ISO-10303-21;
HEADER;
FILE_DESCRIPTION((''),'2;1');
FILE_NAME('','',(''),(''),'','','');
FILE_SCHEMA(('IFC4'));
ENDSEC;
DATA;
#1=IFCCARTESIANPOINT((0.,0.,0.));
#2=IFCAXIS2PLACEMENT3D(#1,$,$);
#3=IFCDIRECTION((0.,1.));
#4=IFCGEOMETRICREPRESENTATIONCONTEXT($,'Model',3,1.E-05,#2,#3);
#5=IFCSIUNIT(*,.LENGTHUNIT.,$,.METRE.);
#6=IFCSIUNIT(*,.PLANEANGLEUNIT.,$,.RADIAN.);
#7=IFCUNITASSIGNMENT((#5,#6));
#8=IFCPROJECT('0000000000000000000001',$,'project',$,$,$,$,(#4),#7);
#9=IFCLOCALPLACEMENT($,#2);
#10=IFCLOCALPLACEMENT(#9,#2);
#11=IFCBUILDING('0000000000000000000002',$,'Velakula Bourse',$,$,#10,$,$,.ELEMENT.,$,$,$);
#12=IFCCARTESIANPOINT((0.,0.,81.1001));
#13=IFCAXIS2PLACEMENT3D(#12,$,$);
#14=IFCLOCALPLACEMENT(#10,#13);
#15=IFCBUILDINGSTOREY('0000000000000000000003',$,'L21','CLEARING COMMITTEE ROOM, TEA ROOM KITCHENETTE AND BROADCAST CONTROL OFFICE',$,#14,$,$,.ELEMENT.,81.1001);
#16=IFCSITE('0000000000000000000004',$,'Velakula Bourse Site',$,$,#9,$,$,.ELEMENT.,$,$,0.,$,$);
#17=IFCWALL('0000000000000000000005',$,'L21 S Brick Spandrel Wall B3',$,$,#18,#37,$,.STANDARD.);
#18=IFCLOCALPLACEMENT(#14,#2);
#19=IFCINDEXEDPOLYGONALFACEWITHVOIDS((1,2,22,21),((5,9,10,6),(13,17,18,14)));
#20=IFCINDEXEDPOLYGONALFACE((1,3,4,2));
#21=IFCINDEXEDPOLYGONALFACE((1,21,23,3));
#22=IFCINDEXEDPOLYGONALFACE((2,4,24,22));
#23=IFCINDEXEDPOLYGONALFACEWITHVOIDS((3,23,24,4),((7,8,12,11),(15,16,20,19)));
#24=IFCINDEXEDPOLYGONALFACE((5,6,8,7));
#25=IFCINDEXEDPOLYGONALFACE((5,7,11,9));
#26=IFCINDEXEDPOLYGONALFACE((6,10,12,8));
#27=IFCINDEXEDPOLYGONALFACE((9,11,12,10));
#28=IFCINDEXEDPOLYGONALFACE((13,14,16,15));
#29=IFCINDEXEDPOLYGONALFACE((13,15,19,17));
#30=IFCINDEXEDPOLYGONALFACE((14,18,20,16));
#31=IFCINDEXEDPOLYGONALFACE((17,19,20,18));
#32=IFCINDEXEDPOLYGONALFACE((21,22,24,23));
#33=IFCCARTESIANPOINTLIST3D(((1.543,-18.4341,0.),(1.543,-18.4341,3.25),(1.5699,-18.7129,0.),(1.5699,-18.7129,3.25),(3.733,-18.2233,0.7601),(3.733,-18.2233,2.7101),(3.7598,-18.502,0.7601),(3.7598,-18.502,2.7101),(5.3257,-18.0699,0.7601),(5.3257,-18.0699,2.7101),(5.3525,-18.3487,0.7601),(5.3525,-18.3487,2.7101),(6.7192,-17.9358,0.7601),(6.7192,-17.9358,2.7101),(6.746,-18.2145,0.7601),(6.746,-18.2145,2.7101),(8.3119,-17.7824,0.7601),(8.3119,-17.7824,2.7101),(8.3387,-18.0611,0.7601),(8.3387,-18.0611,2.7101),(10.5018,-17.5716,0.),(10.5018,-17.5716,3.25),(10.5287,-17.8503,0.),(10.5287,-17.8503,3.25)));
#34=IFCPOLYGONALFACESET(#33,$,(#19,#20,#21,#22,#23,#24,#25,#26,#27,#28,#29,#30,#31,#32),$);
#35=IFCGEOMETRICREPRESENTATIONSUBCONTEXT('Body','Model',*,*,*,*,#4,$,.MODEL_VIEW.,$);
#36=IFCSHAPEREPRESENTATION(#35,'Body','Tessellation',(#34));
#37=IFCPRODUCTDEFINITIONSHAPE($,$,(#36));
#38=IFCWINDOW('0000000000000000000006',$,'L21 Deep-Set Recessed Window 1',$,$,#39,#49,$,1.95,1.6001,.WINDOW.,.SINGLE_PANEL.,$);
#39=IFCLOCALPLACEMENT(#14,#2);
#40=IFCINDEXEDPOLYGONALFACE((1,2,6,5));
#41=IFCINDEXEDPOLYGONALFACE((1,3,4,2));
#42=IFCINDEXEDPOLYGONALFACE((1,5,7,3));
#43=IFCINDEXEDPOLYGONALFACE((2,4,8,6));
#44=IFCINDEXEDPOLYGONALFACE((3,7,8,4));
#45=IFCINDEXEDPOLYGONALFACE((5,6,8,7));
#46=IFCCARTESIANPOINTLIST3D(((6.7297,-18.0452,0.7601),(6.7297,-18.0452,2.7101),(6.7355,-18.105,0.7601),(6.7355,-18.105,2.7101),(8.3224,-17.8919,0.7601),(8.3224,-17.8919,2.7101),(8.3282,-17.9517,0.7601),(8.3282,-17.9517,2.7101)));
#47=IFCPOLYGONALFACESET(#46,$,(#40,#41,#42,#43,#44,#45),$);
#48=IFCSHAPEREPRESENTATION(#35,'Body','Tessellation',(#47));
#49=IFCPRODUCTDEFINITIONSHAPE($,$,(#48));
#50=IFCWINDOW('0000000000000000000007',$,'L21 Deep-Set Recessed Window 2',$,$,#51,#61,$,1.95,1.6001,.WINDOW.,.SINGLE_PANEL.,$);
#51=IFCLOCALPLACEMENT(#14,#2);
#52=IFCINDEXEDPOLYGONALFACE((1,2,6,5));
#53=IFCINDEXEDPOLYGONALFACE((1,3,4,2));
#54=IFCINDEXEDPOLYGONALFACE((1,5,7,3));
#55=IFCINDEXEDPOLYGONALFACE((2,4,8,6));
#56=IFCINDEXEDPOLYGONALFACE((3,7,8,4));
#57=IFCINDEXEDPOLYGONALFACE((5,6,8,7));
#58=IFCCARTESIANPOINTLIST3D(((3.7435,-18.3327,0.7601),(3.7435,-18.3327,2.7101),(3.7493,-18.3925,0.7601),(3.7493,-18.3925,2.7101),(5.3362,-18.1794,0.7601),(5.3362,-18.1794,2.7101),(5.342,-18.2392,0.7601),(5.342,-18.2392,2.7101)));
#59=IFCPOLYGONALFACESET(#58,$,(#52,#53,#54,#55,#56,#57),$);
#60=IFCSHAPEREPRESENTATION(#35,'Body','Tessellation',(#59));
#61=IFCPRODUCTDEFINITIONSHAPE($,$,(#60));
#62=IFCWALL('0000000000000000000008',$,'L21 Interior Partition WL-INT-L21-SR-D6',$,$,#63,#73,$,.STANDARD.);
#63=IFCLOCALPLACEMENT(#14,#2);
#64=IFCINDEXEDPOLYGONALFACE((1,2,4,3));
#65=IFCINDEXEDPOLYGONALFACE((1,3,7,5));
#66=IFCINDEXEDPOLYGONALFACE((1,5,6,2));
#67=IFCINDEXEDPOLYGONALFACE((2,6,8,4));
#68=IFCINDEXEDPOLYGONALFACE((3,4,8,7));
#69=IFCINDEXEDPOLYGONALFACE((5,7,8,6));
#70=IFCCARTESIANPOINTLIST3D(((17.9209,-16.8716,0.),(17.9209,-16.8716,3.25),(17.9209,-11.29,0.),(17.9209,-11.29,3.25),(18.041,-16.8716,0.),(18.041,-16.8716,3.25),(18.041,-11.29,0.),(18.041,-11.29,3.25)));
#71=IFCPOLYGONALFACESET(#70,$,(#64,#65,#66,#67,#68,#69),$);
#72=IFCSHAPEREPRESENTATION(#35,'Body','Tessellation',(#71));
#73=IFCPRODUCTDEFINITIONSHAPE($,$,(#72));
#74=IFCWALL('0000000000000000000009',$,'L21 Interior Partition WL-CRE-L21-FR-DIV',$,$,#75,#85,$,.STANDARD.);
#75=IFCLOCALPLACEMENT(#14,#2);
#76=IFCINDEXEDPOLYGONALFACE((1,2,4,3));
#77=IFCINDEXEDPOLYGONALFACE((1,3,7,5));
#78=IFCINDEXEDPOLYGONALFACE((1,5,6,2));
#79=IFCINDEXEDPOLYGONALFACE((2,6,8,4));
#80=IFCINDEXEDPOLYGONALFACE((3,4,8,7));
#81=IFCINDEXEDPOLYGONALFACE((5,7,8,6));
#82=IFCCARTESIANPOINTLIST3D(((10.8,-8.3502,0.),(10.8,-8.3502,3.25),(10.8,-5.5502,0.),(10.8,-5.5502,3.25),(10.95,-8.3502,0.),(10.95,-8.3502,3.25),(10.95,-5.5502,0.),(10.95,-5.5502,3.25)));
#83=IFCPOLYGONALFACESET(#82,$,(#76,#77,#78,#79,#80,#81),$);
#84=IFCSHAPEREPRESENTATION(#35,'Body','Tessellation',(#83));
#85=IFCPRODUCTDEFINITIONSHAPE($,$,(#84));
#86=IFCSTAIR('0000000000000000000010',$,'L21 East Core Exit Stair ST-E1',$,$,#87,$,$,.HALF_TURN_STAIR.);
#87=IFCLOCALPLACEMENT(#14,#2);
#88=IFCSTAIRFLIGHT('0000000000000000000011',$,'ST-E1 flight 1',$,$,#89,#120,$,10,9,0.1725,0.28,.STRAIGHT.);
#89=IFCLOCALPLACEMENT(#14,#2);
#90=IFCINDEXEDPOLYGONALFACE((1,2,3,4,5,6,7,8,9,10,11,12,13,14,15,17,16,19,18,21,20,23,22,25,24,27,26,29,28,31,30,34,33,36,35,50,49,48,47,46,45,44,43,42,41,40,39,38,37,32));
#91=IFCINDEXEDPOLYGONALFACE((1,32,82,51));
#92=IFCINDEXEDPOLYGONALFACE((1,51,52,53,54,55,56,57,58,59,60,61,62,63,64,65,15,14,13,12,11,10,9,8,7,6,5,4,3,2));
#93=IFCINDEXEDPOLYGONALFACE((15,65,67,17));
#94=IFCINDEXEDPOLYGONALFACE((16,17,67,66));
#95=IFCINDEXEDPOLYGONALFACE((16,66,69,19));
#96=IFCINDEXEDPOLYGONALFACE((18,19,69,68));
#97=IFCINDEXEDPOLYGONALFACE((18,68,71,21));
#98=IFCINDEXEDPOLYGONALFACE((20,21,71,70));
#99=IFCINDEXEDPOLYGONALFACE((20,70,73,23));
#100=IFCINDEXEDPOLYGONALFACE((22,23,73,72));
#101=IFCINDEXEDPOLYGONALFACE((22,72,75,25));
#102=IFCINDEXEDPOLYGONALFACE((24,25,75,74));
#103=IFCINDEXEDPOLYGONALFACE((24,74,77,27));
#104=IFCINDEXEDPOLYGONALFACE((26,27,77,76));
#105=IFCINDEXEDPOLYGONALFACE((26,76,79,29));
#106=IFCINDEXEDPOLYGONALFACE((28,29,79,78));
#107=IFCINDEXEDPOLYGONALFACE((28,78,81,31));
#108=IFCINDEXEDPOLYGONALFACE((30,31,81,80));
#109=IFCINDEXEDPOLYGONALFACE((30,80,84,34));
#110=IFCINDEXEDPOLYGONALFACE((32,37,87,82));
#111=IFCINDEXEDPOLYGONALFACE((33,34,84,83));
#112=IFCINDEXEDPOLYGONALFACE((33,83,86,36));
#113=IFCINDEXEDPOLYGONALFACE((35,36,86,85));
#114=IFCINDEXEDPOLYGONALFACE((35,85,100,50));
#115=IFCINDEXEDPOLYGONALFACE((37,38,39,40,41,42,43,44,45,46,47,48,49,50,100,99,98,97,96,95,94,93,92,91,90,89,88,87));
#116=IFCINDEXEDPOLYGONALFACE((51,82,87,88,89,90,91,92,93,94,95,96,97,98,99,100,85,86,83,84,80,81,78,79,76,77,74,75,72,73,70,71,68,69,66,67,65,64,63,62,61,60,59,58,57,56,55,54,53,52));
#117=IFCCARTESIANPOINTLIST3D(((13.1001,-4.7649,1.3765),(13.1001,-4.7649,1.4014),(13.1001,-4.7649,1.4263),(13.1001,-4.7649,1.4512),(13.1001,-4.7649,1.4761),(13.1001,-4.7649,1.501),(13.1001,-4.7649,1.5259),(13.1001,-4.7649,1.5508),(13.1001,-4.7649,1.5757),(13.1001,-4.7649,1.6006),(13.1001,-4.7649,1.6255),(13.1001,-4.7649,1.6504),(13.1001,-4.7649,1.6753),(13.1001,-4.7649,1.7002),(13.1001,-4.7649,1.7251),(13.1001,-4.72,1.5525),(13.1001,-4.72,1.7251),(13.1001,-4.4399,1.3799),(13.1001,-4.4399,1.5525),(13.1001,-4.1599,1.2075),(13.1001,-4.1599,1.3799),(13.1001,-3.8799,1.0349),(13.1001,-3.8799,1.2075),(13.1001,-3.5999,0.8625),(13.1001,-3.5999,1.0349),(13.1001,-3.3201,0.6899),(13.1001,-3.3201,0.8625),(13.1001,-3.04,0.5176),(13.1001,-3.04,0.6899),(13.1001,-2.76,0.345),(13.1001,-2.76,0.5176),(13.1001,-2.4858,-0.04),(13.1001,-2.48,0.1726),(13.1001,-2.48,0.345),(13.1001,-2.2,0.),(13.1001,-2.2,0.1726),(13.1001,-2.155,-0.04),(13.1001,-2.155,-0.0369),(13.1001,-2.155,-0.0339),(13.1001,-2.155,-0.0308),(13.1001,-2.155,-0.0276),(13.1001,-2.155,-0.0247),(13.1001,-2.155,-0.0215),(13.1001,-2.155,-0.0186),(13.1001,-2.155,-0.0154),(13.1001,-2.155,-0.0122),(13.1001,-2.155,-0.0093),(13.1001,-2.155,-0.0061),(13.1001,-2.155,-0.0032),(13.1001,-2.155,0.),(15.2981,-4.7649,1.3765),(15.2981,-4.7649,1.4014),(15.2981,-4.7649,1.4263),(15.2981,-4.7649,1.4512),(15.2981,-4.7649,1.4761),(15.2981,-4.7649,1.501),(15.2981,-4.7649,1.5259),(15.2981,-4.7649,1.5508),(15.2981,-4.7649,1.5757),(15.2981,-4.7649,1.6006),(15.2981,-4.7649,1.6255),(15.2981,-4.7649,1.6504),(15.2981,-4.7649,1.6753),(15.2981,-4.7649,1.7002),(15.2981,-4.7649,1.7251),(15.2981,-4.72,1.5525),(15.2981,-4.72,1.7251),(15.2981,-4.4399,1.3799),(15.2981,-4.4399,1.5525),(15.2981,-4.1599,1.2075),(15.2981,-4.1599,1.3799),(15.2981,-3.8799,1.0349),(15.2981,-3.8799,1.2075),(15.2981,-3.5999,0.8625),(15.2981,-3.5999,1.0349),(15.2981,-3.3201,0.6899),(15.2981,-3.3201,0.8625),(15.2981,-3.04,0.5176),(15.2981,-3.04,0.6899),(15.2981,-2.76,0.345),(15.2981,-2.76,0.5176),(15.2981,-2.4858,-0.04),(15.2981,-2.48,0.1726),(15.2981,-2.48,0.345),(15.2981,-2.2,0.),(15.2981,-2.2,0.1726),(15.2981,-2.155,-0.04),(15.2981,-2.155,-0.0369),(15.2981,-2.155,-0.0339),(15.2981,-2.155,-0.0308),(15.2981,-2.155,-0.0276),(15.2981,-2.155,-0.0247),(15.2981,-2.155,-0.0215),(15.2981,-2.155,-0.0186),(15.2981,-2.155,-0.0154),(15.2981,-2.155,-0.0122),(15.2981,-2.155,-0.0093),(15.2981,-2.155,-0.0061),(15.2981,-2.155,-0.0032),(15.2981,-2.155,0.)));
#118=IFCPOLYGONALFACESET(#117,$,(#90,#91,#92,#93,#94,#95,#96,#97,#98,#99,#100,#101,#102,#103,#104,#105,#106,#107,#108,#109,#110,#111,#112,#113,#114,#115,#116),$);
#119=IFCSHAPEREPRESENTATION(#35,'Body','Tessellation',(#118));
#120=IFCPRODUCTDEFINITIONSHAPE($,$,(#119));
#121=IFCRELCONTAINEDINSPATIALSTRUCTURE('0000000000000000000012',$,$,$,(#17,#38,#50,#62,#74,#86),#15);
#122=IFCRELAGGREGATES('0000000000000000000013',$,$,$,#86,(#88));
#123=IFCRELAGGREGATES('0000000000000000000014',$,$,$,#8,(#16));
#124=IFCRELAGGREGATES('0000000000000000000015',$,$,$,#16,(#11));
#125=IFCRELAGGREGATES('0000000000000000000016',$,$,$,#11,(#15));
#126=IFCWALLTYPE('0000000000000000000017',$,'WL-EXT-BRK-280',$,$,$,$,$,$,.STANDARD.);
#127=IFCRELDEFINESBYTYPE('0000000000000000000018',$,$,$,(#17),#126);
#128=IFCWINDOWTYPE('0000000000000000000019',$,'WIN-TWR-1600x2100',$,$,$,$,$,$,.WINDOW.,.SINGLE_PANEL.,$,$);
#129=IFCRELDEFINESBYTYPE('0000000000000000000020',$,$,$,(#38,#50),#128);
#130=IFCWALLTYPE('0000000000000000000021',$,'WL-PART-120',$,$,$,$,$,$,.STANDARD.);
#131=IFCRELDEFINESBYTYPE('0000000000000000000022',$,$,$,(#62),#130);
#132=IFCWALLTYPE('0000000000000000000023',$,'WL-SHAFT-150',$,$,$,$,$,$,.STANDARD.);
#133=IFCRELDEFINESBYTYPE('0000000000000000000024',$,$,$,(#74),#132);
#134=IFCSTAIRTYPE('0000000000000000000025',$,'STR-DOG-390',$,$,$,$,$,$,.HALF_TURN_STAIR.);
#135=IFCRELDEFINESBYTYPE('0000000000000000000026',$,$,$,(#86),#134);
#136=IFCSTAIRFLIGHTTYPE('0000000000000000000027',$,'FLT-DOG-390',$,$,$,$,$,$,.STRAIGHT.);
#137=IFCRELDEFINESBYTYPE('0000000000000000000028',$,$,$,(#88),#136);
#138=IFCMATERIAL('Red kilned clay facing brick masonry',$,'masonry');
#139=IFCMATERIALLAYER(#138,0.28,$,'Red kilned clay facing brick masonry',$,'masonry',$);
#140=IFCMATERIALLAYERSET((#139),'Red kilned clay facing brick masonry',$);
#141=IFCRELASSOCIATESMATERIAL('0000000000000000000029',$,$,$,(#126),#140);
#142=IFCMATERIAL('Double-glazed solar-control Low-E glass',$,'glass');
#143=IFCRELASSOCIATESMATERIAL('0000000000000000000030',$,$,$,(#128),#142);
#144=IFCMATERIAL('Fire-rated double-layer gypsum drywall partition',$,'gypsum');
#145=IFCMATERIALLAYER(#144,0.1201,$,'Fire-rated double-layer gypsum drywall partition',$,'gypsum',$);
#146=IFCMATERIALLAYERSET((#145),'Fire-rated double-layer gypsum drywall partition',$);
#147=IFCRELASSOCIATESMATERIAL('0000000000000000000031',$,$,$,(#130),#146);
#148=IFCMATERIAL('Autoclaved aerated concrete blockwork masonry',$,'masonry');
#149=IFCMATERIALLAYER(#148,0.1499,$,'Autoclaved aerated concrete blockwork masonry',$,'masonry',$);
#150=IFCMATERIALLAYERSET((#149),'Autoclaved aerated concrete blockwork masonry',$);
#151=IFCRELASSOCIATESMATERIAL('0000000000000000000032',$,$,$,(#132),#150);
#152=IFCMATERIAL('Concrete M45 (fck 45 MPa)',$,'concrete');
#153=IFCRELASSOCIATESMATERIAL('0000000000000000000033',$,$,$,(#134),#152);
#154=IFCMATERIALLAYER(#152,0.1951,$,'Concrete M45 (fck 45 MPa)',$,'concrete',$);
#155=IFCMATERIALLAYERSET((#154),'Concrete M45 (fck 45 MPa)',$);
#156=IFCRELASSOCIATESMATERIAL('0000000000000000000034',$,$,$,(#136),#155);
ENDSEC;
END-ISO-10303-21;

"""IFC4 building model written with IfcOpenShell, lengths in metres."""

from ifc_helpers import new_model, si_unit, direction, frame, frame_2d, origin, place, context, subcontext, project, spatial, polyline, rectangle, outline, extrude, material, layer, layer_set, type_object, element, fill, aggregate, save


model = new_model("IFC4")

# Units and contexts
model_context = context("Model", 3, precision=1e-05, world=origin(), true_north=direction((0.0, 1.0)))
body_context = subcontext(model_context, "Body", "Model", "MODEL_VIEW")
ifc_project = project(units=[si_unit("LENGTHUNIT", "METRE"), si_unit("PLANEANGLEUNIT", "RADIAN")], contexts=[model_context])

# Site, building, storey
site_placement = place(None, origin())
site = spatial("IfcSite", under=ifc_project, at=site_placement, Name="Velakula Bourse Site", CompositionType="ELEMENT", RefElevation=0.0)
building_placement = place(site_placement, origin())
building = spatial("IfcBuilding", under=site, at=building_placement, Name="Velakula Bourse", CompositionType="ELEMENT")
storey_placement = place(building_placement, frame((0.0, 0.0, 81.1001)))
storey = spatial("IfcBuildingStorey", under=building, at=storey_placement, Name="L21", Description="CLEARING COMMITTEE ROOM, TEA ROOM KITCHENETTE AND BROADCAST CONTROL OFFICE", CompositionType="ELEMENT", Elevation=81.1001)

# Wall, openings, windows
ifc_material_1 = material(Name="Red kilned clay facing brick masonry", Category="masonry")
ifc_layer_1 = layer(ifc_material_1, 0.28, Name="Red kilned clay facing brick masonry", Category="masonry")
ifc_layer_set_1 = layer_set([ifc_layer_1], Name="Red kilned clay facing brick masonry")
wall_type_1 = type_object("IfcWallType", Name="WL-EXT-BRK-280", PredefinedType="STANDARD", material=ifc_layer_set_1)
wall_1_placement = place(storey_placement, frame((10.5151, -17.7109, 0.0), z_axis=(0.0, 0.0, 1.0), x_axis=(-0.995397, -0.095837, 0.0)))
wall_1 = element("IfcWall", 1, at=wall_1_placement, inside=storey, type_object=wall_type_1, Name="L21 S Brick Spandrel Wall B3", PredefinedType="STANDARD", context=body_context, shape_type="SweptSolid", body=[
    extrude(rectangle(XDim=9.0002, YDim=0.28, at=frame_2d((4.5, 0.0))), origin(), (0.0, 0.0, 1.0), 3.25),
])
opening_1_placement = place(wall_1_placement, frame((2.2, 0.0, 0.76)))
opening_1 = element("IfcOpeningElement", 2, at=opening_1_placement, cuts=wall_1, PredefinedType="OPENING", context=body_context, shape_type="SweptSolid", body=[
    extrude(rectangle(XDim=1.6001, YDim=1.95, at=frame_2d((0.8, 0.9751))), frame((0.0, 0.1499, 0.0), z_axis=(0.0, -1.0, 0.0), x_axis=(1.0, 0.0, 0.0)), (0.0, 0.0, 1.0), 0.3),
])
opening_2_placement = place(wall_1_placement, frame((5.2, 0.0, 0.76)))
opening_2 = element("IfcOpeningElement", 3, at=opening_2_placement, cuts=wall_1, PredefinedType="OPENING", context=body_context, shape_type="SweptSolid", body=[
    extrude(rectangle(XDim=1.6001, YDim=1.95, at=frame_2d((0.8, 0.9751))), frame((0.0, 0.1499, 0.0), z_axis=(0.0, -1.0, 0.0), x_axis=(1.0, 0.0, 0.0)), (0.0, 0.0, 1.0), 0.3),
])
ifc_material_2 = material(Name="Double-glazed solar-control Low-E glass", Category="glass")
window_type = type_object("IfcWindowType", Name="WIN-TWR-1600x2100", PartitioningType="SINGLE_PANEL", PredefinedType="WINDOW", material=ifc_material_2)
window_1_placement = place(opening_1_placement, origin())
window_1 = element("IfcWindow", 4, at=window_1_placement, inside=storey, type_object=window_type, Name="L21 Deep-Set Recessed Window 1", OverallHeight=1.95, OverallWidth=1.6001, PartitioningType="SINGLE_PANEL", PredefinedType="WINDOW", context=body_context, shape_type="SweptSolid", body=[
    extrude(rectangle(XDim=1.6001, YDim=1.95, at=frame_2d((0.8, 0.9751))), frame((0.0, 0.03, 0.0), z_axis=(0.0, -1.0, 0.0), x_axis=(1.0, 0.0, 0.0)), (0.0, 0.0, 1.0), 0.0601),
])
fill(opening_1, window_1)
window_2_placement = place(opening_2_placement, origin())
window_2 = element("IfcWindow", 5, at=window_2_placement, inside=storey, type_object=window_type, Name="L21 Deep-Set Recessed Window 2", OverallHeight=1.95, OverallWidth=1.6001, PartitioningType="SINGLE_PANEL", PredefinedType="WINDOW", context=body_context, shape_type="SweptSolid", body=[
    extrude(rectangle(XDim=1.6001, YDim=1.95, at=frame_2d((0.8, 0.9751))), frame((0.0, 0.03, 0.0), z_axis=(0.0, -1.0, 0.0), x_axis=(1.0, 0.0, 0.0)), (0.0, 0.0, 1.0), 0.0601),
])
fill(opening_2, window_2)

# Walls
ifc_material_3 = material(Name="Fire-rated double-layer gypsum drywall partition", Category="gypsum")
ifc_layer_2 = layer(ifc_material_3, 0.1201, Name="Fire-rated double-layer gypsum drywall partition", Category="gypsum")
ifc_layer_set_2 = layer_set([ifc_layer_2], Name="Fire-rated double-layer gypsum drywall partition")
wall_type_2 = type_object("IfcWallType", Name="WL-PART-120", PredefinedType="STANDARD", material=ifc_layer_set_2)
wall_2_placement = place(storey_placement, frame((17.981, -16.8716, 0.0), z_axis=(0.0, 0.0, 1.0), x_axis=(0.0, 1.0, 0.0)))
element("IfcWall", 6, at=wall_2_placement, inside=storey, type_object=wall_type_2, Name="L21 Interior Partition WL-INT-L21-SR-D6", PredefinedType="STANDARD", context=body_context, shape_type="SweptSolid", body=[
    extrude(rectangle(XDim=5.5815, YDim=0.1201, at=frame_2d((2.7908, 0.0))), origin(), (0.0, 0.0, 1.0), 3.25),
])
ifc_material_4 = material(Name="Autoclaved aerated concrete blockwork masonry", Category="masonry")
ifc_layer_3 = layer(ifc_material_4, 0.1499, Name="Autoclaved aerated concrete blockwork masonry", Category="masonry")
ifc_layer_set_3 = layer_set([ifc_layer_3], Name="Autoclaved aerated concrete blockwork masonry")
wall_type_3 = type_object("IfcWallType", Name="WL-SHAFT-150", PredefinedType="STANDARD", material=ifc_layer_set_3)
wall_3_placement = place(storey_placement, frame((10.875, -8.3501, 0.0), z_axis=(0.0, 0.0, 1.0), x_axis=(0.0, 1.0, 0.0)))
element("IfcWall", 7, at=wall_3_placement, inside=storey, type_object=wall_type_3, Name="L21 Interior Partition WL-CRE-L21-FR-DIV", PredefinedType="STANDARD", context=body_context, shape_type="SweptSolid", body=[
    extrude(rectangle(XDim=2.8, YDim=0.1499, at=frame_2d((1.3999, 0.0))), origin(), (0.0, 0.0, 1.0), 3.25),
])

# Stair, stair flight
ifc_material_5 = material(Name="Concrete M45 (fck 45 MPa)", Category="concrete")
stair_type = type_object("IfcStairType", Name="STR-DOG-390", PredefinedType="HALF_TURN_STAIR", material=ifc_material_5)
stair_placement = place(storey_placement, origin())
stair = element("IfcStair", 8, at=stair_placement, inside=storey, type_object=stair_type, Name="L21 East Core Exit Stair ST-E1", PredefinedType="HALF_TURN_STAIR")
ifc_layer_4 = layer(ifc_material_5, 0.1951, Name="Concrete M45 (fck 45 MPa)", Category="concrete")
ifc_layer_set_4 = layer_set([ifc_layer_4], Name="Concrete M45 (fck 45 MPa)")
stair_flight_type = type_object("IfcStairFlightType", Name="FLT-DOG-390", PredefinedType="STRAIGHT", material=ifc_layer_set_4)
stair_flight_1_placement = place(storey_placement, frame((14.199, -2.2, 0.0), z_axis=(0.0, 0.0, 1.0), x_axis=(0.0, -1.0, 0.0)))
stair_flight_1 = element("IfcStairFlight", 9, at=stair_flight_1_placement, type_object=stair_flight_type, Name="ST-E1 flight 1", NumberOfRisers=10, NumberOfTreads=9, PredefinedType="STRAIGHT", RiserHeight=0.1725, TreadLength=0.28, context=body_context, shape_type="SweptSolid", body=[
    extrude(outline(polyline([(-0.0449, -0.04), (-0.0449, -0.0369), (-0.0449, -0.0339), (-0.0449, -0.0308), (-0.0449, -0.0276), (-0.0449, -0.0247), (-0.0449, -0.0215), (-0.0449, -0.0186), (-0.0449, -0.0154), (-0.0449, -0.0122), (-0.0449, -0.0093), (-0.0449, -0.0061), (-0.0449, -0.0032), (-0.0449, 0.0), (0.0, 0.0), (0.0, 0.1726), (0.28, 0.1726), (0.28, 0.345), (0.5601, 0.345), (0.5601, 0.5176), (0.8401, 0.5176), (0.8401, 0.6899), (1.1201, 0.6899), (1.1201, 0.8625), (1.3999, 0.8625), (1.3999, 1.0349), (1.6799, 1.0349), (1.6799, 1.2075), (1.96, 1.2075), (1.96, 1.3799), (2.24, 1.3799), (2.24, 1.5525), (2.52, 1.5525), (2.52, 1.7251), (2.5649, 1.7251), (2.5649, 1.7002), (2.5649, 1.6753), (2.5649, 1.6504), (2.5649, 1.6255), (2.5649, 1.6006), (2.5649, 1.5757), (2.5649, 1.5508), (2.5649, 1.5259), (2.5649, 1.501), (2.5649, 1.4761), (2.5649, 1.4512), (2.5649, 1.4263), (2.5649, 1.4014), (2.5649, 1.3765), (0.2859, -0.04), (-0.0449, -0.04)])), frame((0.0, 1.0991, 0.0), z_axis=(0.0, -1.0, 0.0), x_axis=(1.0, 0.0, 0.0)), (0.0, 0.0, 1.0), 2.198),
])
aggregate(stair, [stair_flight_1])

save(model, "model.ifc")
